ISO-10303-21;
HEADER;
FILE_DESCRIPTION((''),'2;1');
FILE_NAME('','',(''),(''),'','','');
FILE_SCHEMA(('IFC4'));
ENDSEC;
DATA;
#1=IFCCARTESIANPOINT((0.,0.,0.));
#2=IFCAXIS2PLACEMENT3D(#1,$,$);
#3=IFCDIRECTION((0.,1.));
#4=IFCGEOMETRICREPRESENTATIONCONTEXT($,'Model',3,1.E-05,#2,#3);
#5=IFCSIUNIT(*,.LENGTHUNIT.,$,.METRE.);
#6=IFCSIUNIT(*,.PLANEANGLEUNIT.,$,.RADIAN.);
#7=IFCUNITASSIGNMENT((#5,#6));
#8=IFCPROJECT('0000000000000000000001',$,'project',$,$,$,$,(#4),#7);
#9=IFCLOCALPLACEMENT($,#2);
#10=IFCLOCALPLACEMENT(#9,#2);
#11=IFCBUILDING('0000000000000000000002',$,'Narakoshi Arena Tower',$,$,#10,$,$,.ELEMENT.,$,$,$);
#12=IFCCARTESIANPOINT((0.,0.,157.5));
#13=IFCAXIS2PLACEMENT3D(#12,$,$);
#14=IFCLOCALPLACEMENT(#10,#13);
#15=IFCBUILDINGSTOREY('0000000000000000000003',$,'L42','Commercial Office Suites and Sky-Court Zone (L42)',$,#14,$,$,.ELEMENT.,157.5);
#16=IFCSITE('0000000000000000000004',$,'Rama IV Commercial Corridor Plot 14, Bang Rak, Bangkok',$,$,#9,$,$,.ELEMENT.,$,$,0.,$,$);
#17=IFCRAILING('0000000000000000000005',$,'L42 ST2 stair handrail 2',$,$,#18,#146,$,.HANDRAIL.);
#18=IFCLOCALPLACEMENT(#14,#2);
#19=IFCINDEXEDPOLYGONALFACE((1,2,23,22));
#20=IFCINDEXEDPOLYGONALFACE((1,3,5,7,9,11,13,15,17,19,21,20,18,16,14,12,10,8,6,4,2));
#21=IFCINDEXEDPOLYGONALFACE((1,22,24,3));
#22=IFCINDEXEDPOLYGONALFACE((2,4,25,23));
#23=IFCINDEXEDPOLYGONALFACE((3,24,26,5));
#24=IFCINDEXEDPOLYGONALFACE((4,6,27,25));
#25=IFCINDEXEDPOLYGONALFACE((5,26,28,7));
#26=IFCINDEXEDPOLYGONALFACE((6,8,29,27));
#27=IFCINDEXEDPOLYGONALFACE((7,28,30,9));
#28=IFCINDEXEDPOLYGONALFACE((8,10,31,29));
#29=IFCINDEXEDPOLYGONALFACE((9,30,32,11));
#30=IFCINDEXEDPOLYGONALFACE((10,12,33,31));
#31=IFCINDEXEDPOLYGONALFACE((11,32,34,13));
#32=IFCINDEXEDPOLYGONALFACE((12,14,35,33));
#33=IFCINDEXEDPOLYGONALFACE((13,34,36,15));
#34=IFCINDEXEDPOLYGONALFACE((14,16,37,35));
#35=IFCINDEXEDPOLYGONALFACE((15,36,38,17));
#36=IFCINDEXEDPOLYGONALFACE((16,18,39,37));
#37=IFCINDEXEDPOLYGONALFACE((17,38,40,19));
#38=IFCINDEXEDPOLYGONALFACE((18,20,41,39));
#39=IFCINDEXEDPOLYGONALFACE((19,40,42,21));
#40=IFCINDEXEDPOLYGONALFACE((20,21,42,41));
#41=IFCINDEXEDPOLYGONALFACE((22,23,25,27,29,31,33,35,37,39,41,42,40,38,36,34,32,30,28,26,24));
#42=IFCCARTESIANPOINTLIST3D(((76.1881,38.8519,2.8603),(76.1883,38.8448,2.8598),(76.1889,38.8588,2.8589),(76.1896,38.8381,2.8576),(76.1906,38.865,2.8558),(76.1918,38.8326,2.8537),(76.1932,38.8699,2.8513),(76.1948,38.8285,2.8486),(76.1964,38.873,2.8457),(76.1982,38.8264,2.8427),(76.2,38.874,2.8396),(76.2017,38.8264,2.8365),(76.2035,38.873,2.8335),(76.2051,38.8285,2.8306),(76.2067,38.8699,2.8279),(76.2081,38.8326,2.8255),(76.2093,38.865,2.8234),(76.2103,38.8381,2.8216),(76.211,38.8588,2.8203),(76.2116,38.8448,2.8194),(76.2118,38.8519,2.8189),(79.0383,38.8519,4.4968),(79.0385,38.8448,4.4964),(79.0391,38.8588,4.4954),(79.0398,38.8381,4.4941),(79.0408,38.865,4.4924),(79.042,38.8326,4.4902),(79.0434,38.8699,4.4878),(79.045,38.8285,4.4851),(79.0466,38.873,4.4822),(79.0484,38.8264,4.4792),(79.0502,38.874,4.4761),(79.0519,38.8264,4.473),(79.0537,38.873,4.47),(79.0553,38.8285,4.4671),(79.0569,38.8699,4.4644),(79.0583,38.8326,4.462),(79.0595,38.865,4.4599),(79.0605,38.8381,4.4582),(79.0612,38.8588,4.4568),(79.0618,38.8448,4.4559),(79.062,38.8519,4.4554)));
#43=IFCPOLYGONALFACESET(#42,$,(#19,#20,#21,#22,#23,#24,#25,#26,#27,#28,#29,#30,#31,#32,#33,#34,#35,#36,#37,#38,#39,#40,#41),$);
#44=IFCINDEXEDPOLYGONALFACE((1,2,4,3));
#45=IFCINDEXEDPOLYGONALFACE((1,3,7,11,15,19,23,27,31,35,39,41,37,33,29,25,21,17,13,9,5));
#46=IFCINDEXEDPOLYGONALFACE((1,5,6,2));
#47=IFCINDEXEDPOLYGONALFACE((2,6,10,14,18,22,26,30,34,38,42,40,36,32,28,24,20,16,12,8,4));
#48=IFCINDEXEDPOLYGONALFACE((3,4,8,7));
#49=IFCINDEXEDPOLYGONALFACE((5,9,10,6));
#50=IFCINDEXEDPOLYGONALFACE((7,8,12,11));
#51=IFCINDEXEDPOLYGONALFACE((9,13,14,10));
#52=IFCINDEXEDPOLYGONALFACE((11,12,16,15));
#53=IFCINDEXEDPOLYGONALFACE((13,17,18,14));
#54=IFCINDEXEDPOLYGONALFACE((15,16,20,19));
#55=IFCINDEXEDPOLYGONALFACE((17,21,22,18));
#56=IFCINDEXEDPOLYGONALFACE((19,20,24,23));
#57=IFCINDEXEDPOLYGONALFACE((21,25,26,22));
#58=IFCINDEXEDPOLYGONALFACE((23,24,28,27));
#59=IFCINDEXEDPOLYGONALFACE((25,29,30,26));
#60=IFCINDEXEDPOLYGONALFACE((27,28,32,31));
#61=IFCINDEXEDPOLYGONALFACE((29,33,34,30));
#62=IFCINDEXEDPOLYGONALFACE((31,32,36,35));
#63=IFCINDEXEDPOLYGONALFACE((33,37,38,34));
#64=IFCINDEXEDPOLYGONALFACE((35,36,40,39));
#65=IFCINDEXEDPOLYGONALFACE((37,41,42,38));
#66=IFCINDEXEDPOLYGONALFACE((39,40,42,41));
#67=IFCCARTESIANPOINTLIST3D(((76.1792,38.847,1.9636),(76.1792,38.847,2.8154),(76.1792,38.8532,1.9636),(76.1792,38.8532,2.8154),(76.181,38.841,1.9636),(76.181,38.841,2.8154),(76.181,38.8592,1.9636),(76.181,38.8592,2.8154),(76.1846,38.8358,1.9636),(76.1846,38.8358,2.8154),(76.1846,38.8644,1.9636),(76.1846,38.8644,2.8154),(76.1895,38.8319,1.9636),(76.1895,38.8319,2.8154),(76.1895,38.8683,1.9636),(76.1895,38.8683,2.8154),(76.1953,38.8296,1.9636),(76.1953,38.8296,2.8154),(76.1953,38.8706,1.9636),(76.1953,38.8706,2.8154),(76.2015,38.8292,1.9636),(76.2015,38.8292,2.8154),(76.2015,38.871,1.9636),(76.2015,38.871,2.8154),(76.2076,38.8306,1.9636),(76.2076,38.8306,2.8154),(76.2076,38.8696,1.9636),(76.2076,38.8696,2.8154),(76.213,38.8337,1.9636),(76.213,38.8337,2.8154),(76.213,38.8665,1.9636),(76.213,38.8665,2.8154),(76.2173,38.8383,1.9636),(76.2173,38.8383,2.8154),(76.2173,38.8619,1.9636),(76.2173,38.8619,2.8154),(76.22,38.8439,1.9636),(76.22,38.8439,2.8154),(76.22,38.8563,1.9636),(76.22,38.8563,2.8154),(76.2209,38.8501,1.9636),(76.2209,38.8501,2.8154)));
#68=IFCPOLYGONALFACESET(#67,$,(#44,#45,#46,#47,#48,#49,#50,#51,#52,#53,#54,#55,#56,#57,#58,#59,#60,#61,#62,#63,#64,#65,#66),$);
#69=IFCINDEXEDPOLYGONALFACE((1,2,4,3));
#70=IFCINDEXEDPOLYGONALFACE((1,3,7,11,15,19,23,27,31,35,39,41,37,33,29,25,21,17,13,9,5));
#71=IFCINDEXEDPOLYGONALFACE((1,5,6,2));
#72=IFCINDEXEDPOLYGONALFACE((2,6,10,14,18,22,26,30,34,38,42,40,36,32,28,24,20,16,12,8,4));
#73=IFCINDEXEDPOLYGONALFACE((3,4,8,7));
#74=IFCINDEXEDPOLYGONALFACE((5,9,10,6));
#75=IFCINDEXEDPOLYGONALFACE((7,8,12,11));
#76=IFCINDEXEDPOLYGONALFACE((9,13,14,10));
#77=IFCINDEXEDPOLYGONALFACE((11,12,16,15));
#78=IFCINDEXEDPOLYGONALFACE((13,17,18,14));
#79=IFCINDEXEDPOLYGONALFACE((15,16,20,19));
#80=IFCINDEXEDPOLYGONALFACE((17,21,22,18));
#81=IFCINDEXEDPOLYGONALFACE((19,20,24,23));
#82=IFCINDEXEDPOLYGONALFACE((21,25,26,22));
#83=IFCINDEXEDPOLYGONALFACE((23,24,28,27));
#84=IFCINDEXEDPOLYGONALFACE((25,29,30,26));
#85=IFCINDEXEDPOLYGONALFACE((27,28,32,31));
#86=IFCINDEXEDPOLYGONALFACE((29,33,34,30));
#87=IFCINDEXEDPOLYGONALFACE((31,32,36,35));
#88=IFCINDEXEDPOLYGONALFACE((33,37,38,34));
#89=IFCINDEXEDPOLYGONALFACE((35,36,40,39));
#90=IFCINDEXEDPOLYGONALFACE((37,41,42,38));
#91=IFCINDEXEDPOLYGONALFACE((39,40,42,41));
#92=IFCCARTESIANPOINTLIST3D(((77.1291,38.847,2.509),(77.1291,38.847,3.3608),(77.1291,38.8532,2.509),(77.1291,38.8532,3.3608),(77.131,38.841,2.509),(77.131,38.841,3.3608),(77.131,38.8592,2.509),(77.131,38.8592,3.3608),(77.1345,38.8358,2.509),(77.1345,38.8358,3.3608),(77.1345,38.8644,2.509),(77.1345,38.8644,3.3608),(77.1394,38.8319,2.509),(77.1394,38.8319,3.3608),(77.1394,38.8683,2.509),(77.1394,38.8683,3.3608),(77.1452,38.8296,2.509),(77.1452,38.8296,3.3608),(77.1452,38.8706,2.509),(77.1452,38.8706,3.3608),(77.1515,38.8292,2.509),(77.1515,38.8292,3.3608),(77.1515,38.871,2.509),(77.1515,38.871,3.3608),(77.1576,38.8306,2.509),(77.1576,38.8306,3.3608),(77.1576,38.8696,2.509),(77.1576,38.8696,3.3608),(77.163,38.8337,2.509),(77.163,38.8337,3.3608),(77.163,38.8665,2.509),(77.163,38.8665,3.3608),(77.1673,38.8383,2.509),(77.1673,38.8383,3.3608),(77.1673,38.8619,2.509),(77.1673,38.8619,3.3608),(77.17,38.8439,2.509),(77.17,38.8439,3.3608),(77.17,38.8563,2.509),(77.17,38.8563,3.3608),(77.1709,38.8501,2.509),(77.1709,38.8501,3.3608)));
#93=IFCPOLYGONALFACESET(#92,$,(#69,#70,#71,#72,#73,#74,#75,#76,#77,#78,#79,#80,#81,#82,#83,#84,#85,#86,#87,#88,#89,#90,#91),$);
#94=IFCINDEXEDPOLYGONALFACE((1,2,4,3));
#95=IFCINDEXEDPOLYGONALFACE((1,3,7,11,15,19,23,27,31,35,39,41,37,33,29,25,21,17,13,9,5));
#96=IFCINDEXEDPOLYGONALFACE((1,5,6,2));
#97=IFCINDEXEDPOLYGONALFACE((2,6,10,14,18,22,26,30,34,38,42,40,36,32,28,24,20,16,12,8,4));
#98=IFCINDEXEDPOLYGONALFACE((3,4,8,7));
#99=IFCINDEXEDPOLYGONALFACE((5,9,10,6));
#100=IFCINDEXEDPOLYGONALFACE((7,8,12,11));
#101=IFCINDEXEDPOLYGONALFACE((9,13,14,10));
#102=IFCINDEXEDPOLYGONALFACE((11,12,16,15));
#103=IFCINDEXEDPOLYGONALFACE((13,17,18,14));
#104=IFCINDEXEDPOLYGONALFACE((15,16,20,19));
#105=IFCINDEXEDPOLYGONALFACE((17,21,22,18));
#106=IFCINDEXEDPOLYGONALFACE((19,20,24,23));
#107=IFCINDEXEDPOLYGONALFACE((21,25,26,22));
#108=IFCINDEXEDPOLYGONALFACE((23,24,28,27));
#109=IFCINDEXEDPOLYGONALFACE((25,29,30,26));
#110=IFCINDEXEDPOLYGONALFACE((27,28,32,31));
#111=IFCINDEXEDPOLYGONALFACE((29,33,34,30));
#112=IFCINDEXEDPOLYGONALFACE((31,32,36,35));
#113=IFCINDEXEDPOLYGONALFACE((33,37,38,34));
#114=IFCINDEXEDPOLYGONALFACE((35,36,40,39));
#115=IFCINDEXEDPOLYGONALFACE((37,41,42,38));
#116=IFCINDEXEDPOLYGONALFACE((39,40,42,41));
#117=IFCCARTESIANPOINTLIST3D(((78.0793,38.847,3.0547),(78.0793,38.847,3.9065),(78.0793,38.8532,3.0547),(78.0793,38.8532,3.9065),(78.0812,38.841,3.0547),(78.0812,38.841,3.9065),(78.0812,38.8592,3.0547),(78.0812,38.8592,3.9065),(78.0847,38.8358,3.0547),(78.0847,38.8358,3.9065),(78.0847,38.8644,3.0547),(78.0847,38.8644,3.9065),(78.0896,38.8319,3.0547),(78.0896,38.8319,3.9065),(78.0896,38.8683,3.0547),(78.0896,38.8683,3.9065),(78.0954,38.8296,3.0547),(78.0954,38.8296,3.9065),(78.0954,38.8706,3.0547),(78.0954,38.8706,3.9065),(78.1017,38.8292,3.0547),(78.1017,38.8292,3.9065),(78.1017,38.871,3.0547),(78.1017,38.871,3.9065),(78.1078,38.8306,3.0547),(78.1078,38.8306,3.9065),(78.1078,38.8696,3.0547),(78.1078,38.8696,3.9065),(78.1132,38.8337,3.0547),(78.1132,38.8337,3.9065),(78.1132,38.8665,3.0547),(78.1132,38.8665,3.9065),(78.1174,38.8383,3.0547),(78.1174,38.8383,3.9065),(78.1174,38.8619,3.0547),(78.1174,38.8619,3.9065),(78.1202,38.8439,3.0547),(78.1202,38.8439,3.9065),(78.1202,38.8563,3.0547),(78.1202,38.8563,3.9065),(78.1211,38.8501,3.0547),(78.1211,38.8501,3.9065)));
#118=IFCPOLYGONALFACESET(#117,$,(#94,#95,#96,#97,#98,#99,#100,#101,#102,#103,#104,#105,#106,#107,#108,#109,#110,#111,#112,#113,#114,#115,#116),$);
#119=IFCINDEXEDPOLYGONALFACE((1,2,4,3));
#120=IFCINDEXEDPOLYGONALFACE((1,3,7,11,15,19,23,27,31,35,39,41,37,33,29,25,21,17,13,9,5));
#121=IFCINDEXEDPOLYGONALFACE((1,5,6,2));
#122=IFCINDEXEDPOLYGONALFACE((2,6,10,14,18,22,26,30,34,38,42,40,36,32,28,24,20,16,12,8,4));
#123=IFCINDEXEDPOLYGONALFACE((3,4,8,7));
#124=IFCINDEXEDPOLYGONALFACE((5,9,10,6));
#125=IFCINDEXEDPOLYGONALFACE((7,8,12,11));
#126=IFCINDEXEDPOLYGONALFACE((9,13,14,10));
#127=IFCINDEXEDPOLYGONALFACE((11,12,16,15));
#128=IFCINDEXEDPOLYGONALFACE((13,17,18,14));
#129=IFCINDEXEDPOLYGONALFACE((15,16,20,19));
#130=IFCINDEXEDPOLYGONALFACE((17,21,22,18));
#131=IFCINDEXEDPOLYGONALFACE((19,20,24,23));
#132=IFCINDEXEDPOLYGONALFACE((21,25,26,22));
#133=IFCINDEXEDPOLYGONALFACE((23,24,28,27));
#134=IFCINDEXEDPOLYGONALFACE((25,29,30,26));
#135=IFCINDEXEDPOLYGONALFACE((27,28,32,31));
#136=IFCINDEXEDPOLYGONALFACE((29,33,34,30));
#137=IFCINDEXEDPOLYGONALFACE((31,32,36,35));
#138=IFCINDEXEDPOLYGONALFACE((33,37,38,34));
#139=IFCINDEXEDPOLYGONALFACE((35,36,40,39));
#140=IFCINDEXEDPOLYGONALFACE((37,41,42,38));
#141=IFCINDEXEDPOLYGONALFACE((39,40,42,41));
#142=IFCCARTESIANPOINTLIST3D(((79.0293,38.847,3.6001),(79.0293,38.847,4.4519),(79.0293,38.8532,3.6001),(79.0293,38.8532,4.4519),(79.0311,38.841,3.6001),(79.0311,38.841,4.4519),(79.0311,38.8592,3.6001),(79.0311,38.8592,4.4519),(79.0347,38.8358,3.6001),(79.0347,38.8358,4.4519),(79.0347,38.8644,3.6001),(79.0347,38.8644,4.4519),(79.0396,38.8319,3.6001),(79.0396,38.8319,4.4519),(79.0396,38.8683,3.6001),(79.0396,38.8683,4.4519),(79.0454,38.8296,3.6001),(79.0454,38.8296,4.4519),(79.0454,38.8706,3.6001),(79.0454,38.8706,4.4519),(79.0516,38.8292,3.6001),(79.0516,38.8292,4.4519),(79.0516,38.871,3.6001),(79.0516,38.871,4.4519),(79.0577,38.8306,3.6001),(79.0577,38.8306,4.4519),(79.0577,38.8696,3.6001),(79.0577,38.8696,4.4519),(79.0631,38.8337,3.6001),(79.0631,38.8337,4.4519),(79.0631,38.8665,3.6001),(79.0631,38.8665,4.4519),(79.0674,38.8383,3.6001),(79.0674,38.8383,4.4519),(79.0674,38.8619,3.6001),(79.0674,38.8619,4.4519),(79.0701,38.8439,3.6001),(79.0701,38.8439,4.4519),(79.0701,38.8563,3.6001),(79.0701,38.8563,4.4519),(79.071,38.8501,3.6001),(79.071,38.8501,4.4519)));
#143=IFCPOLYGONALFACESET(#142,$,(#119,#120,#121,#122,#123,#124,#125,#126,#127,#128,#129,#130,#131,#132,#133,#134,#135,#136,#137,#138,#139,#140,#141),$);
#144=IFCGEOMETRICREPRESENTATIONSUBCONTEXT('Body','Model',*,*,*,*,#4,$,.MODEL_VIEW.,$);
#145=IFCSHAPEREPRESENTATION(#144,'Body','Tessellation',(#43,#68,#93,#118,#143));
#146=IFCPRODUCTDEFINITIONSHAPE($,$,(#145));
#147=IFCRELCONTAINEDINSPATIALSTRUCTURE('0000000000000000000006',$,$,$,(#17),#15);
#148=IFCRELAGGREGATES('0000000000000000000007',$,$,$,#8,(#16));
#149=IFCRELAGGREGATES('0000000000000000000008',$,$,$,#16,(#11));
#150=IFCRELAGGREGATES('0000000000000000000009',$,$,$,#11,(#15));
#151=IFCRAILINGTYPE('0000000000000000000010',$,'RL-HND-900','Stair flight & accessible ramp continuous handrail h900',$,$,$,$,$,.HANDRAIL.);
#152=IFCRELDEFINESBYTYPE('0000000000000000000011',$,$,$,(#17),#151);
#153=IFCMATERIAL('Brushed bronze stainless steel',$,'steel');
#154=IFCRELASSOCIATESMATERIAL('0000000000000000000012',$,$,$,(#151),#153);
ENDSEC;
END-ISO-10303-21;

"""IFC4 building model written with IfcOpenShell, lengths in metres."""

from ifc_helpers import new_model, si_unit, direction, frame, origin, origin_2d, place, context, subcontext, project, spatial, circle, extrude, material, type_object, element, save


model = new_model("IFC4")

# Units and contexts
model_context = context("Model", 3, precision=1e-05, world=origin(), true_north=direction((0.0, 1.0)))
body_context = subcontext(model_context, "Body", "Model", "MODEL_VIEW")
ifc_project = project(units=[si_unit("LENGTHUNIT", "METRE"), si_unit("PLANEANGLEUNIT", "RADIAN")], contexts=[model_context])

# Site, building, storey
site_placement = place(None, origin())
site = spatial("IfcSite", under=ifc_project, at=site_placement, Name="Rama IV Commercial Corridor Plot 14, Bang Rak, Bangkok", CompositionType="ELEMENT", RefElevation=0.0)
building_placement = place(site_placement, origin())
building = spatial("IfcBuilding", under=site, at=building_placement, Name="Narakoshi Arena Tower", CompositionType="ELEMENT")
storey_placement = place(building_placement, frame((0.0, 0.0, 157.5)))
storey = spatial("IfcBuildingStorey", under=building, at=storey_placement, Name="L42", Description="Commercial Office Suites and Sky-Court Zone (L42)", CompositionType="ELEMENT", Elevation=157.5)

# Railing
ifc_material_1 = material(Name="Brushed bronze stainless steel", Category="steel")
railing_type_1 = type_object("IfcRailingType", Name="RL-HND-900", Description="Stair flight & accessible ramp continuous handrail h900", PredefinedType="HANDRAIL", material=ifc_material_1)
for number, where, name in (
    (1, (76.2, 38.8501, 1.9636), "L42 ST2 stair handrail 2"),
):
    element("IfcRailing", number, at=place(storey_placement, frame(where)), inside=storey, type_object=railing_type_1, Name=name, PredefinedType="HANDRAIL", context=body_context, shape_type="SweptSolid", body=[
        extrude(circle(Radius=0.0239, at=origin_2d()), frame((0.0, 0.0, 0.876), z_axis=(0.867213, 0.0, 0.497938), x_axis=(0.0, 1.0, 0.0)), (0.0, 0.0, 1.0), 3.2866),
        extrude(circle(Radius=0.021, at=origin_2d()), origin(), (0.0, 0.0, 1.0), 0.8518),
        extrude(circle(Radius=0.021, at=origin_2d()), frame((0.95, 0.0, 0.5454)), (0.0, 0.0, 1.0), 0.8518),
        extrude(circle(Radius=0.021, at=origin_2d()), frame((1.9001, 0.0, 1.0911)), (0.0, 0.0, 1.0), 0.8518),
        extrude(circle(Radius=0.021, at=origin_2d()), frame((2.8501, 0.0, 1.6365)), (0.0, 0.0, 1.0), 0.8518),
    ])

save(model, "model.ifc")
